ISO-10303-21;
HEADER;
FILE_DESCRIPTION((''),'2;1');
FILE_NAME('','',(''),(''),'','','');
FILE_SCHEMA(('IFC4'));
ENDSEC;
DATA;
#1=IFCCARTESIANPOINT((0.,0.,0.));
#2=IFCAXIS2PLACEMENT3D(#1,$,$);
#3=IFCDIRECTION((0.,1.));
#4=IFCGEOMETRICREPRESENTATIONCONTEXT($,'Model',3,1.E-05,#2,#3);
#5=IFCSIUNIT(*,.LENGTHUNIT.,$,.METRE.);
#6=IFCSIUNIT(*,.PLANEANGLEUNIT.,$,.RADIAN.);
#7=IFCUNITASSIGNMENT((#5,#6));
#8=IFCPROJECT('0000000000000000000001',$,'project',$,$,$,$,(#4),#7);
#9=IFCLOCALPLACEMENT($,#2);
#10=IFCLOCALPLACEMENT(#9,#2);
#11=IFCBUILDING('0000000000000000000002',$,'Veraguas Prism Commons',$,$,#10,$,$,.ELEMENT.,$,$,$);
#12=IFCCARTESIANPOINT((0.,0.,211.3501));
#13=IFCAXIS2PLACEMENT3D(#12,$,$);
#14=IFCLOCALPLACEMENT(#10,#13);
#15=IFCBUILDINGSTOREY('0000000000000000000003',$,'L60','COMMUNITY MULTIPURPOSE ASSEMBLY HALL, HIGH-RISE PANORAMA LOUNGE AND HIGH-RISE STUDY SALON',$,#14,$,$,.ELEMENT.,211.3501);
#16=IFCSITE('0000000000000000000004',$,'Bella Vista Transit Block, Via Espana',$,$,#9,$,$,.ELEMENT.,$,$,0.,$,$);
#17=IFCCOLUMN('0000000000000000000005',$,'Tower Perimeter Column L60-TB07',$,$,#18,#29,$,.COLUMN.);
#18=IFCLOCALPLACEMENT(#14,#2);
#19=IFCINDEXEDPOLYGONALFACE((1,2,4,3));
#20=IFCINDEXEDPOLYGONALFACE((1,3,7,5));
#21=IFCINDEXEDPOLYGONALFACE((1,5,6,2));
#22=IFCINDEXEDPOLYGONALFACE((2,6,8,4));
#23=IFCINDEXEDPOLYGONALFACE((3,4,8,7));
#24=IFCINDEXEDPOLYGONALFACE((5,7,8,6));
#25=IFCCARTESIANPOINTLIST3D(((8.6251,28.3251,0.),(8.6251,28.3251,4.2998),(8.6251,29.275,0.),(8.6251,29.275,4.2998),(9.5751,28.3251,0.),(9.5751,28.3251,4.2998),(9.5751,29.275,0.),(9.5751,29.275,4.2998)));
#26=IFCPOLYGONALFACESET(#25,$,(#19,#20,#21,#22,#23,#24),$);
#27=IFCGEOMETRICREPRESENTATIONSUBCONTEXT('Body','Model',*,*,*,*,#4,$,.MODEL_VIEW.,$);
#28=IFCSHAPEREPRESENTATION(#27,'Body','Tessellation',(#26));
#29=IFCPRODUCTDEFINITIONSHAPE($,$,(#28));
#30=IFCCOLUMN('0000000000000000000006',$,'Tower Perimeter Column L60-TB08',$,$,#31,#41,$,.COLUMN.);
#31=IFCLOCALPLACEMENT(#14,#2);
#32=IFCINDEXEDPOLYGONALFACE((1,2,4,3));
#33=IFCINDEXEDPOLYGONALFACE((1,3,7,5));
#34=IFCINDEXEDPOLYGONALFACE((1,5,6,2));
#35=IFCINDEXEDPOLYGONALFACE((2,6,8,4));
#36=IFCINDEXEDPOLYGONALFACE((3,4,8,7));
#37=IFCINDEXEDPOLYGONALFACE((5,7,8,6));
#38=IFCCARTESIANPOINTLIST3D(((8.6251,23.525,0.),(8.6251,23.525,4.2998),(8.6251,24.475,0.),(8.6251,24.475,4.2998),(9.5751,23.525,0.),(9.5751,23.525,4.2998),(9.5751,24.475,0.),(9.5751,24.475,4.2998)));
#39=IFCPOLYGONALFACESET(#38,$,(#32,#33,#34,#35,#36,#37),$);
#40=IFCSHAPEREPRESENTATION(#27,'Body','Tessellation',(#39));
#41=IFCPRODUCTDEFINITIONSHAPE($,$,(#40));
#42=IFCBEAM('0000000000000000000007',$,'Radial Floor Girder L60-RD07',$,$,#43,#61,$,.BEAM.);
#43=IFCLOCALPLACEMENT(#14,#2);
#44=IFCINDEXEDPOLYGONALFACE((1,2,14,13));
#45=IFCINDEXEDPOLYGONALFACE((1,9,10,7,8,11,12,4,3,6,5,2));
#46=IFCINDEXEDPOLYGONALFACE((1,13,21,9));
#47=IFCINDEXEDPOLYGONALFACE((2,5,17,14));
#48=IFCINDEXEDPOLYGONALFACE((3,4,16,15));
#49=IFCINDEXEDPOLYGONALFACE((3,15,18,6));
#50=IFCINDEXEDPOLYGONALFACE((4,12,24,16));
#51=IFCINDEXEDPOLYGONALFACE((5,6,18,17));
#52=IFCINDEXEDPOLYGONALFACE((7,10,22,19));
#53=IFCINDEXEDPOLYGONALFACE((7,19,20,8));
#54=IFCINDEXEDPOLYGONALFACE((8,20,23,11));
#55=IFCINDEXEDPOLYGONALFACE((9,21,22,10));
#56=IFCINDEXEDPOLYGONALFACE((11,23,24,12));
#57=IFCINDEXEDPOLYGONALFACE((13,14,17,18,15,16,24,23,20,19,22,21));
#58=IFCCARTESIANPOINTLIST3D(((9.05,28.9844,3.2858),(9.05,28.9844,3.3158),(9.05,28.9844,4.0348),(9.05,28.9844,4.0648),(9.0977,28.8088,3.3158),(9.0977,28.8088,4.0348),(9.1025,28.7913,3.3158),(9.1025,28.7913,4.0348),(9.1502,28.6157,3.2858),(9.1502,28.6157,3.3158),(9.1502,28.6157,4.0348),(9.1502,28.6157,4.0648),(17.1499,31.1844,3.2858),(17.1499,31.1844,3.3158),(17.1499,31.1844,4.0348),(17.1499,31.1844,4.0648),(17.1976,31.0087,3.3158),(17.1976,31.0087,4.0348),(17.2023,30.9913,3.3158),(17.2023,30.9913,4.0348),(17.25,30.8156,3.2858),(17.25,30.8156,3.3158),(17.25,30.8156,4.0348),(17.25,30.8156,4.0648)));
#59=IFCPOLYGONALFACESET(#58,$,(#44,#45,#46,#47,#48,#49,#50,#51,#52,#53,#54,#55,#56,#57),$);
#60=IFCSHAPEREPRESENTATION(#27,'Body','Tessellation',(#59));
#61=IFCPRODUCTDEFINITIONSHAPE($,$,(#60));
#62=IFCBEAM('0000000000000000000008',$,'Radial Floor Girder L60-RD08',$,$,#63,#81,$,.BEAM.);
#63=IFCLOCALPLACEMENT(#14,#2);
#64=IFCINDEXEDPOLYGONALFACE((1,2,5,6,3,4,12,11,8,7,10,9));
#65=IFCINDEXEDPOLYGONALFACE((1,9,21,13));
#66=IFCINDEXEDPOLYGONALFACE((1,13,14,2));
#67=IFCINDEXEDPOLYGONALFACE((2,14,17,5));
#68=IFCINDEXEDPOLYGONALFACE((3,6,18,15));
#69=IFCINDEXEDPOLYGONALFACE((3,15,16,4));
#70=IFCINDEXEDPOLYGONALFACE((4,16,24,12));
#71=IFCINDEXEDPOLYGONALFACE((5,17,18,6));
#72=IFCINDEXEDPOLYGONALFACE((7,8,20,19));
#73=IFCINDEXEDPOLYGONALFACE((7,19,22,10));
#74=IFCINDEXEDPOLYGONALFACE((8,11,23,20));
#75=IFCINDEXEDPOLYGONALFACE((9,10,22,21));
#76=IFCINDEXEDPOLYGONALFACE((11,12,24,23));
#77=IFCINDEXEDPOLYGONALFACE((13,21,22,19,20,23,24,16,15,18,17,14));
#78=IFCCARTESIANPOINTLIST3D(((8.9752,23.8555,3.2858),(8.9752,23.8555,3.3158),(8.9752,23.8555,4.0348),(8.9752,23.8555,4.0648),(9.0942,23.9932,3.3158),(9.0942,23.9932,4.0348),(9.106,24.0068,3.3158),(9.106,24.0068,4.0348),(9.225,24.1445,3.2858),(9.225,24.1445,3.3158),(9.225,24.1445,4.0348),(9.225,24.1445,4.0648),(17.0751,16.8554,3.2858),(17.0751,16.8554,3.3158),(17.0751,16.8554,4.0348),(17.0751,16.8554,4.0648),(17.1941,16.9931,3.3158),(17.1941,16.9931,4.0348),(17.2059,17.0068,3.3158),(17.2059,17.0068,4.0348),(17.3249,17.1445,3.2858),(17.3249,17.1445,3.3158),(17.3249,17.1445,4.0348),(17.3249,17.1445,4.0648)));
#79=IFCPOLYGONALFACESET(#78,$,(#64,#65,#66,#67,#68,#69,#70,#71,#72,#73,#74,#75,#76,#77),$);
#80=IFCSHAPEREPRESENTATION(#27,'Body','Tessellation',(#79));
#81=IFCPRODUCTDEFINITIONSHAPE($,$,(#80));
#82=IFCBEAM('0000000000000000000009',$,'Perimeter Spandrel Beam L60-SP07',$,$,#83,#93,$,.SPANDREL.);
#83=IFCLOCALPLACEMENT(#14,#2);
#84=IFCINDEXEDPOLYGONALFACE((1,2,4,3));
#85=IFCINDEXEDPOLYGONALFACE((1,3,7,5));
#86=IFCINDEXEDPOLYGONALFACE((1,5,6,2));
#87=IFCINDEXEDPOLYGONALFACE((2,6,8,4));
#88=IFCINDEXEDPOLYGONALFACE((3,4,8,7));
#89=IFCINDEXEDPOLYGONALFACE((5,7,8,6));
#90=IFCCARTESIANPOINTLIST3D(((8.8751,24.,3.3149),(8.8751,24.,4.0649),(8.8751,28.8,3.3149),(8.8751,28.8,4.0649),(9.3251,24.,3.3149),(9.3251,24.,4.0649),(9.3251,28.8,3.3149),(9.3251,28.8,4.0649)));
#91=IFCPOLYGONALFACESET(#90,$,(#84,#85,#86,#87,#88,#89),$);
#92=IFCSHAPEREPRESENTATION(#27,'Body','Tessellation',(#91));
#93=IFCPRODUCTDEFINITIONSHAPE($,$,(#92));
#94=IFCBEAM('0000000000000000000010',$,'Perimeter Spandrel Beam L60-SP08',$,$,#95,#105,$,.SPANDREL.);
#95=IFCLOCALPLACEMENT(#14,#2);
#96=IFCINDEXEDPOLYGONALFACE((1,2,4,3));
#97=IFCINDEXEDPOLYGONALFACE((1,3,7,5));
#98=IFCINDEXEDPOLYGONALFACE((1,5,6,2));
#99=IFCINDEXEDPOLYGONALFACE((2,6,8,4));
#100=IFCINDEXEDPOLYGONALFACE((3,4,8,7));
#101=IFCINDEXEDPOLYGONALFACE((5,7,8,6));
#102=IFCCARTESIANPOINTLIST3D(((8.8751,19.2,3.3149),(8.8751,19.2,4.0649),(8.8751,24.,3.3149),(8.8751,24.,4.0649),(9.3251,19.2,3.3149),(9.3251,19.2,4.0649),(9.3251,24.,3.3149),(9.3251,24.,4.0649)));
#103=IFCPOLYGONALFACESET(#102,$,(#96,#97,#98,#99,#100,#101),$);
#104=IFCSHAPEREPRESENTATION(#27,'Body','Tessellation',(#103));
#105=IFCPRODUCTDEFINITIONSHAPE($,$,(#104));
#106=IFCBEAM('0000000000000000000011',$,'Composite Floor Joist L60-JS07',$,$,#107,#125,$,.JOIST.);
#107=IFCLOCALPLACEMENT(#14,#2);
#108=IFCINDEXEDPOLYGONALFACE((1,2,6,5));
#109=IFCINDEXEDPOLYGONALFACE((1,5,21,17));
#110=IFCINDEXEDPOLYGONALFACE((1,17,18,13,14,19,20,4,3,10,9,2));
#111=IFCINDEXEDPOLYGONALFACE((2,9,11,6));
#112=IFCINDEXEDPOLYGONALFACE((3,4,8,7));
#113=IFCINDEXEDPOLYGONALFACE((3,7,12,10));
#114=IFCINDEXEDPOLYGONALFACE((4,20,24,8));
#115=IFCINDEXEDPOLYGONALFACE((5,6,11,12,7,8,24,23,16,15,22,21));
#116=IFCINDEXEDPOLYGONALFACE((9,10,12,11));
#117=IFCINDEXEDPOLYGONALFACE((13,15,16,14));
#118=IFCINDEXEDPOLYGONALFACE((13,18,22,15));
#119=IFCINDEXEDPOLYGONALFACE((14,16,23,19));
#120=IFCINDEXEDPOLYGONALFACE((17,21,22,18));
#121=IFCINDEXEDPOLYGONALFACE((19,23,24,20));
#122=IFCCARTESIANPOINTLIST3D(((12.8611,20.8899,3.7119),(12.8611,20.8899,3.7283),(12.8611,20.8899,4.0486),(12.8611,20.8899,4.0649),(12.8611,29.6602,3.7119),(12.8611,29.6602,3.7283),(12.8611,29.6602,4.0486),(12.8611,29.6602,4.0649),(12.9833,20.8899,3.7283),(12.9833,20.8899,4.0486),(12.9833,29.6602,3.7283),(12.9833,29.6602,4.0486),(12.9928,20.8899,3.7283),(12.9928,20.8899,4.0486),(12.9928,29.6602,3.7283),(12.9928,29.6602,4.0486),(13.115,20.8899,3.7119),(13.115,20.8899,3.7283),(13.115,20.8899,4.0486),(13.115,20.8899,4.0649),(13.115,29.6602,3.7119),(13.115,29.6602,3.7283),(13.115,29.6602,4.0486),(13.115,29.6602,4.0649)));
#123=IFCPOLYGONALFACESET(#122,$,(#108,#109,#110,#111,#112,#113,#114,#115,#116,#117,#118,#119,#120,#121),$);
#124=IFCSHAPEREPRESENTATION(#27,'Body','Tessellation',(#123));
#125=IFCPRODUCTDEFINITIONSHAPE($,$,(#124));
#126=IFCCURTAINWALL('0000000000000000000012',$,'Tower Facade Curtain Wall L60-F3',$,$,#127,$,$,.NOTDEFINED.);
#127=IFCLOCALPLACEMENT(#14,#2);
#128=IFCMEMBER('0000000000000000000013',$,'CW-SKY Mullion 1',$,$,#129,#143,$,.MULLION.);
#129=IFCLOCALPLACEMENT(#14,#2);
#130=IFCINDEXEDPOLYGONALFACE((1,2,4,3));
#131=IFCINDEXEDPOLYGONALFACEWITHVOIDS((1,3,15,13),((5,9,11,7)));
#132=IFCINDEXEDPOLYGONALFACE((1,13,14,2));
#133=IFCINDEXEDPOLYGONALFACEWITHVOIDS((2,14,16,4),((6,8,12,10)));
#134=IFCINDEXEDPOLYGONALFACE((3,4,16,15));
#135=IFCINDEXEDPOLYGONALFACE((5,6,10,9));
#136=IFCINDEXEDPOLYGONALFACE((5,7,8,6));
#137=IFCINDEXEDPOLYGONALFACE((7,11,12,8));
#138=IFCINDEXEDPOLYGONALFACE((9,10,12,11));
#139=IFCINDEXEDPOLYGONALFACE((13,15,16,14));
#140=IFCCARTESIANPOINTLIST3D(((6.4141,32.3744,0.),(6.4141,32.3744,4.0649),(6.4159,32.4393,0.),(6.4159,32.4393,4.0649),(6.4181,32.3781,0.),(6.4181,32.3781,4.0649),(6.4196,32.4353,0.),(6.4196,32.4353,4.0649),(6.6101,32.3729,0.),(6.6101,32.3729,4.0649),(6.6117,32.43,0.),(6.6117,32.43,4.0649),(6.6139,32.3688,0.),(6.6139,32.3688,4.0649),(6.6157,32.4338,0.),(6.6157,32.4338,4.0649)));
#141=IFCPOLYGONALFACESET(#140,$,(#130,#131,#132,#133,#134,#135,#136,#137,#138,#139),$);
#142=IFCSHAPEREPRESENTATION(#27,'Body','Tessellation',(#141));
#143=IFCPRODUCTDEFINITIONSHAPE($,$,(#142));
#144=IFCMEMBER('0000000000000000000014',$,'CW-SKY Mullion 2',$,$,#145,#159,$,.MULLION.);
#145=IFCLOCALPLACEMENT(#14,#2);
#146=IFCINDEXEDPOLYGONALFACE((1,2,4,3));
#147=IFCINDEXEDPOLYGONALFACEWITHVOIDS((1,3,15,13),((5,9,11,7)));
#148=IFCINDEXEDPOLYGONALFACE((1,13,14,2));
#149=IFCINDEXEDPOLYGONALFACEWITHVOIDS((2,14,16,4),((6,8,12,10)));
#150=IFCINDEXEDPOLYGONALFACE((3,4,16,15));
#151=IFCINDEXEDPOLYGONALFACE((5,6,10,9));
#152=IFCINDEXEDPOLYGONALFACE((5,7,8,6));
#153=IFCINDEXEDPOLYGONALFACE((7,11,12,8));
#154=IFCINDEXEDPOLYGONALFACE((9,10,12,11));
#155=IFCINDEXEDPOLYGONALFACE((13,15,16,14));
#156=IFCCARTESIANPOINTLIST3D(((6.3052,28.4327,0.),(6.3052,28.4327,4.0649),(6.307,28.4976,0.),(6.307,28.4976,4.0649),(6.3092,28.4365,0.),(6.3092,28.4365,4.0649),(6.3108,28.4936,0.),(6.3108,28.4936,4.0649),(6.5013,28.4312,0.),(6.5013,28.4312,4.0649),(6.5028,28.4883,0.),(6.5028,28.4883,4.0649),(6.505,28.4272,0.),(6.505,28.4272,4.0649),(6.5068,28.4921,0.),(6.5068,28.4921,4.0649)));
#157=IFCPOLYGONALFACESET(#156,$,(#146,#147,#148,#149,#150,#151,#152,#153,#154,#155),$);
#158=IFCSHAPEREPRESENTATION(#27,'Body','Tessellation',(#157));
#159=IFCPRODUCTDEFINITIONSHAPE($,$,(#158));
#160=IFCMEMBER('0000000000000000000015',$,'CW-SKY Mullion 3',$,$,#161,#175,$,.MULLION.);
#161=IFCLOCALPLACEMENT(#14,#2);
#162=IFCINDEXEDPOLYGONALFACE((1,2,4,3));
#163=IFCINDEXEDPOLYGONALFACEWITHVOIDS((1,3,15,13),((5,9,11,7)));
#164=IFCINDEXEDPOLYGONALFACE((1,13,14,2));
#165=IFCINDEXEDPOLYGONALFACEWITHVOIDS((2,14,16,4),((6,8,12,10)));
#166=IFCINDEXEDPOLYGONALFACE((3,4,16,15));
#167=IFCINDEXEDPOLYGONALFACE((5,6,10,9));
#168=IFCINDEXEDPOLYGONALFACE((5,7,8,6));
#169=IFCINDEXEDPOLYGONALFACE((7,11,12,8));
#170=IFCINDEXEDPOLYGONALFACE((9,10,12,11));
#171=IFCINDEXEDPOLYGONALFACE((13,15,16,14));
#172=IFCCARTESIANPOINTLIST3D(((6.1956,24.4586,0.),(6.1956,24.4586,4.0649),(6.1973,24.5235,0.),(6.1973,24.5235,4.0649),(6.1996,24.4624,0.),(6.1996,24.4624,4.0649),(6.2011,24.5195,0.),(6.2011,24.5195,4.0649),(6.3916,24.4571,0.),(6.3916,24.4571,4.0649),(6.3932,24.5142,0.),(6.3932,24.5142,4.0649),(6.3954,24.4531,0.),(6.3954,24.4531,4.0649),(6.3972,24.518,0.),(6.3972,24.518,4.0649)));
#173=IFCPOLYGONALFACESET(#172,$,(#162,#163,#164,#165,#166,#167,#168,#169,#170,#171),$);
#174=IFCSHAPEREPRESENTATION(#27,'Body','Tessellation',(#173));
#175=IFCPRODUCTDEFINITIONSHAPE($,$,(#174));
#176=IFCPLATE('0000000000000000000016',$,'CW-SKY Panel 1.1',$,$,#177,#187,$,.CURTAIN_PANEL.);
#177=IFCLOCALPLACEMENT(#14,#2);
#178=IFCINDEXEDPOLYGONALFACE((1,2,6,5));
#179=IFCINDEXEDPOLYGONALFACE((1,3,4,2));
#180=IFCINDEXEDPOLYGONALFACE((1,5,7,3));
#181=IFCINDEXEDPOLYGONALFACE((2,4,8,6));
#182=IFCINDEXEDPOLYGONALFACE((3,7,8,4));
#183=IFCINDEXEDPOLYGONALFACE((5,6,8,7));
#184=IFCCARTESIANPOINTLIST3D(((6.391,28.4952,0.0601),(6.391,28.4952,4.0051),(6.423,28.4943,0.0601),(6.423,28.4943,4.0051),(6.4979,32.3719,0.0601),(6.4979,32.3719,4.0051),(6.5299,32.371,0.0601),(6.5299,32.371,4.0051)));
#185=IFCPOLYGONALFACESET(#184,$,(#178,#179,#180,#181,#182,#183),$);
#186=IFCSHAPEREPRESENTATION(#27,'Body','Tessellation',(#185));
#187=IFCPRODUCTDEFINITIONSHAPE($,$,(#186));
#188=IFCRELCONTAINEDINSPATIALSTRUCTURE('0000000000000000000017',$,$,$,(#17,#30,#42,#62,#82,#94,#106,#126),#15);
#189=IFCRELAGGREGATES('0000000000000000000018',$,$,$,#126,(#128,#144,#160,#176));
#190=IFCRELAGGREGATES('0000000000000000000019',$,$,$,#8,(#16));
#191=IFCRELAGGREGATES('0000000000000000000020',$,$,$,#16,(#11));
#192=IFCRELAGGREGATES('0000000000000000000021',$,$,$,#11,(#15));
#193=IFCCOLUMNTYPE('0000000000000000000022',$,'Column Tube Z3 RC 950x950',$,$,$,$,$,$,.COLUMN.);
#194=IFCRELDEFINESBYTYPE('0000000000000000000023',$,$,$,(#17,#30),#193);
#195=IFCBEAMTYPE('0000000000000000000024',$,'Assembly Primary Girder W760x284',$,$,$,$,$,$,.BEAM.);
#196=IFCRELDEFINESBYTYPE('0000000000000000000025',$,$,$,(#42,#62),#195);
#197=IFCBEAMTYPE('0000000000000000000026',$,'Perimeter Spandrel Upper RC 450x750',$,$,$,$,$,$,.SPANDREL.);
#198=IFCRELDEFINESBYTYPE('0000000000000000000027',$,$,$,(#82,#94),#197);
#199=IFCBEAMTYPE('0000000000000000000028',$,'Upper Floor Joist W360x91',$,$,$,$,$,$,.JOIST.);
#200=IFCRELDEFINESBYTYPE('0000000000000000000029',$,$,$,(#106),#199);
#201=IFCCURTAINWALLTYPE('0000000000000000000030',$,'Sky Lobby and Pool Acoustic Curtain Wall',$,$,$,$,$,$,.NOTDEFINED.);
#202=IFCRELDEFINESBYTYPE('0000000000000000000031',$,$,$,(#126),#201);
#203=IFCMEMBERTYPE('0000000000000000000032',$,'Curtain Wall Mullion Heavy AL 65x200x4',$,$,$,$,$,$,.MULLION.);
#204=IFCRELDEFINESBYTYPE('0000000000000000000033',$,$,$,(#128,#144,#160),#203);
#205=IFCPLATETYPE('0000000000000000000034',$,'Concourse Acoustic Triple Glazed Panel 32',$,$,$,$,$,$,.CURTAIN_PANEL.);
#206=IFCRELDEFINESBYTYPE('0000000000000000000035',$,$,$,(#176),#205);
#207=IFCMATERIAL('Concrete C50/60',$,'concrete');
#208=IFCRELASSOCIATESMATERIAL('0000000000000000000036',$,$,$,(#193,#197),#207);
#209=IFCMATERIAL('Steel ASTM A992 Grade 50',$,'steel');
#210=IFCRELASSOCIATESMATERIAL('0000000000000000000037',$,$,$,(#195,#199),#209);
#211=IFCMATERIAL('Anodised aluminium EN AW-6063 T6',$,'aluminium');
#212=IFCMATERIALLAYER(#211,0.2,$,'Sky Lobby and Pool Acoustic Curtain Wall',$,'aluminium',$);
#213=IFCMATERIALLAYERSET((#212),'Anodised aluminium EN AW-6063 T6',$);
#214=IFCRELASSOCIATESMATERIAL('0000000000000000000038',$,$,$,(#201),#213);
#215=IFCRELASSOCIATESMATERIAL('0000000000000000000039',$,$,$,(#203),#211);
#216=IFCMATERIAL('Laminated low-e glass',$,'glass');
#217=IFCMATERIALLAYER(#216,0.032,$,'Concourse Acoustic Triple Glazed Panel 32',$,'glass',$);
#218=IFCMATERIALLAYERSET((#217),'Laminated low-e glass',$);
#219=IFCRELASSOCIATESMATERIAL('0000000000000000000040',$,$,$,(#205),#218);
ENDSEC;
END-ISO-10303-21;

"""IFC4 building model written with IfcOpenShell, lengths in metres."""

from ifc_helpers import new_model, si_unit, direction, frame, origin, origin_2d, place, context, subcontext, project, spatial, rectangle, hollow_rectangle, i_section, extrude, source, transform, mapped, material, layer, layer_set, material_profile, profile_set, type_object, element, aggregate, save


model = new_model("IFC4")

# Units and contexts
model_context = context("Model", 3, precision=1e-05, world=origin(), true_north=direction((0.0, 1.0)))
body_context = subcontext(model_context, "Body", "Model", "MODEL_VIEW")
ifc_project = project(units=[si_unit("LENGTHUNIT", "METRE"), si_unit("PLANEANGLEUNIT", "RADIAN")], contexts=[model_context])

# Site, building, storey
site_placement = place(None, origin())
site = spatial("IfcSite", under=ifc_project, at=site_placement, Name="Bella Vista Transit Block, Via Espana", CompositionType="ELEMENT", RefElevation=0.0)
building_placement = place(site_placement, origin())
building = spatial("IfcBuilding", under=site, at=building_placement, Name="Veraguas Prism Commons", CompositionType="ELEMENT")
storey_placement = place(building_placement, frame((0.0, 0.0, 211.3501)))
storey = spatial("IfcBuildingStorey", under=building, at=storey_placement, Name="L60", Description="COMMUNITY MULTIPURPOSE ASSEMBLY HALL, HIGH-RISE PANORAMA LOUNGE AND HIGH-RISE STUDY SALON", CompositionType="ELEMENT", Elevation=211.3501)

# Columns
ifc_material_1 = material(Name="Concrete C50/60", Category="concrete")
ifc_material_profile_1 = material_profile(ifc_material_1, rectangle(XDim=0.95, YDim=0.95, at=origin_2d()), Name="RC950X950")
ifc_profile_set_1 = profile_set([ifc_material_profile_1], Name="Concrete C50/60")
column_type = type_object("IfcColumnType", Name="Column Tube Z3 RC 950x950", PredefinedType="COLUMN", material=ifc_profile_set_1)
for number, where, z_axis, x_axis, name in (
    (1, (9.1001, 28.8, 0.0), (0.0, 0.0, 1.0), (1.0, 0.0, 0.0), "Tower Perimeter Column L60-TB07"),
    (2, (9.1001, 24.0, 0.0), (0.0, 0.0, 1.0), (1.0, 0.0, 0.0), "Tower Perimeter Column L60-TB08"),
):
    element("IfcColumn", number, at=place(storey_placement, frame(where, z_axis=z_axis, x_axis=x_axis)), inside=storey, type_object=column_type, Name=name, PredefinedType="COLUMN", context=body_context, shape_type="SweptSolid", body=[
        extrude(rectangle(XDim=0.95, YDim=0.95, at=origin_2d()), origin(), (0.0, 0.0, 1.0), 4.2998),
    ])

# Beams
ifc_material_2 = material(Name="Steel ASTM A992 Grade 50", Category="steel")
ifc_material_profile_2 = material_profile(ifc_material_2, i_section(OverallWidth=0.3821, OverallDepth=0.7791, WebThickness=0.0181, FlangeThickness=0.03, at=origin_2d()), Name="W760X284")
ifc_profile_set_2 = profile_set([ifc_material_profile_2], Name="Steel ASTM A992 Grade 50")
beam_type_1 = type_object("IfcBeamType", Name="Assembly Primary Girder W760x284", PredefinedType="BEAM", material=ifc_profile_set_2)
beam_1_placement = place(storey_placement, frame((9.1001, 28.8, 3.6753), z_axis=(0.965039, 0.262108, 0.0), x_axis=(-0.262108, 0.965039, 0.0)))
element("IfcBeam", 3, at=beam_1_placement, inside=storey, type_object=beam_type_1, Name="Radial Floor Girder L60-RD07", PredefinedType="BEAM", context=body_context, shape_type="SweptSolid", body=[
    extrude(i_section(OverallWidth=0.3821, OverallDepth=0.7791, WebThickness=0.0181, FlangeThickness=0.03, at=origin_2d()), origin(), (0.0, 0.0, 1.0), 8.3933),
])
beam_2_placement = place(storey_placement, frame((9.1001, 24.0, 3.6753), z_axis=(0.756607, -0.65387, 0.0), x_axis=(0.65387, 0.756607, 0.0)))
element("IfcBeam", 4, at=beam_2_placement, inside=storey, type_object=beam_type_1, Name="Radial Floor Girder L60-RD08", PredefinedType="BEAM", context=body_context, shape_type="SweptSolid", body=[
    extrude(i_section(OverallWidth=0.3821, OverallDepth=0.7791, WebThickness=0.0181, FlangeThickness=0.03, at=origin_2d()), origin(), (0.0, 0.0, 1.0), 10.7056),
])
ifc_material_profile_3 = material_profile(ifc_material_1, rectangle(XDim=0.45, YDim=0.75, at=origin_2d()), Name="RC450X750")
ifc_profile_set_3 = profile_set([ifc_material_profile_3], Name="Concrete C50/60")
beam_type_2 = type_object("IfcBeamType", Name="Perimeter Spandrel Upper RC 450x750", PredefinedType="SPANDREL", material=ifc_profile_set_3)
for number, where, z_axis, x_axis, name in (
    (5, (9.1001, 28.8, 3.6899), (0.0, -1.0, 0.0), (1.0, 0.0, 0.0), "Perimeter Spandrel Beam L60-SP07"),
    (6, (9.1001, 24.0, 3.6899), (0.0, -1.0, 0.0), (1.0, 0.0, 0.0), "Perimeter Spandrel Beam L60-SP08"),
):
    element("IfcBeam", number, at=place(storey_placement, frame(where, z_axis=z_axis, x_axis=x_axis)), inside=storey, type_object=beam_type_2, Name=name, PredefinedType="SPANDREL", context=body_context, shape_type="SweptSolid", body=[
        extrude(rectangle(XDim=0.45, YDim=0.75, at=origin_2d()), origin(), (0.0, 0.0, 1.0), 4.8),
    ])
ifc_material_profile_4 = material_profile(ifc_material_2, i_section(OverallWidth=0.2539, OverallDepth=0.353, WebThickness=0.0095, FlangeThickness=0.0164, at=origin_2d()), Name="W360X91")
ifc_profile_set_4 = profile_set([ifc_material_profile_4], Name="Steel ASTM A992 Grade 50")
beam_type_3 = type_object("IfcBeamType", Name="Upper Floor Joist W360x91", PredefinedType="JOIST", material=ifc_profile_set_4)
beam_3_placement = place(storey_placement, frame((12.988, 29.6602, 3.8884), z_axis=(0.0, -1.0, 0.0), x_axis=(1.0, 0.0, 0.0)))
element("IfcBeam", 7, at=beam_3_placement, inside=storey, type_object=beam_type_3, Name="Composite Floor Joist L60-JS07", PredefinedType="JOIST", context=body_context, shape_type="SweptSolid", body=[
    extrude(i_section(OverallWidth=0.2539, OverallDepth=0.353, WebThickness=0.0095, FlangeThickness=0.0164, at=origin_2d()), origin(), (0.0, 0.0, 1.0), 8.7703),
])

# Curtain wall, members, plate
ifc_material_3 = material(Name="Anodised aluminium EN AW-6063 T6", Category="aluminium")
ifc_layer_1 = layer(ifc_material_3, 0.2, Name="Sky Lobby and Pool Acoustic Curtain Wall", Category="aluminium")
ifc_layer_set_1 = layer_set([ifc_layer_1], Name="Anodised aluminium EN AW-6063 T6")
curtain_wall_type = type_object("IfcCurtainWallType", Name="Sky Lobby and Pool Acoustic Curtain Wall", PredefinedType="NOTDEFINED", material=ifc_layer_set_1)
curtain_wall_placement = place(storey_placement, origin())
curtain_wall = element("IfcCurtainWall", 8, at=curtain_wall_placement, inside=storey, type_object=curtain_wall_type, Name="Tower Facade Curtain Wall L60-F3", PredefinedType="NOTDEFINED")
ifc_material_profile_5 = material_profile(ifc_material_3, hollow_rectangle(XDim=0.0649, YDim=0.2, WallThickness=0.0039, at=origin_2d()), Name="AL65X200X4")
ifc_profile_set_5 = profile_set([ifc_material_profile_5], Name="Anodised aluminium EN AW-6063 T6")
member_type = type_object("IfcMemberType", Name="Curtain Wall Mullion Heavy AL 65x200x4", PredefinedType="MULLION", material=ifc_profile_set_5)
shared_shape_1 = source(origin(), body_context, "Body", "SweptSolid", [
    extrude(hollow_rectangle(XDim=0.0649, YDim=0.2, WallThickness=0.0039, at=origin_2d()), origin(), (0.0, 0.0, 1.0), 4.0649),
])
member_1_placement = place(storey_placement, frame((6.5149, 32.4041, 0.0), z_axis=(0.0, 0.0, 1.0), x_axis=(-0.027567, -0.99962, 0.0)))
member_1 = element("IfcMember", 9, at=member_1_placement, type_object=member_type, Name="CW-SKY Mullion 1", PredefinedType="MULLION", context=body_context, shape_type="MappedRepresentation", body=[
    mapped(shared_shape_1, transform((0.0, 0.0, 0.0), scale=1.0)),
])
member_2_placement = place(storey_placement, frame((6.406, 28.4624, 0.0), z_axis=(0.0, 0.0, 1.0), x_axis=(-0.027567, -0.99962, 0.0)))
member_2 = element("IfcMember", 10, at=member_2_placement, type_object=member_type, Name="CW-SKY Mullion 2", PredefinedType="MULLION", context=body_context, shape_type="MappedRepresentation", body=[
    mapped(shared_shape_1, transform((0.0, 0.0, 0.0), scale=1.0)),
])
member_3_placement = place(storey_placement, frame((6.2964, 24.4883, 0.0), z_axis=(0.0, 0.0, 1.0), x_axis=(-0.027567, -0.99962, 0.0)))
member_3 = element("IfcMember", 11, at=member_3_placement, type_object=member_type, Name="CW-SKY Mullion 3", PredefinedType="MULLION", context=body_context, shape_type="MappedRepresentation", body=[
    mapped(shared_shape_1, transform((0.0, 0.0, 0.0), scale=1.0)),
])
ifc_material_4 = material(Name="Laminated low-e glass", Category="glass")
ifc_layer_2 = layer(ifc_material_4, 0.032, Name="Concourse Acoustic Triple Glazed Panel 32", Category="glass")
ifc_layer_set_2 = layer_set([ifc_layer_2], Name="Laminated low-e glass")
plate_type = type_object("IfcPlateType", Name="Concourse Acoustic Triple Glazed Panel 32", PredefinedType="CURTAIN_PANEL", material=ifc_layer_set_2)
shared_shape_2 = source(origin(), body_context, "Body", "SweptSolid", [
    extrude(rectangle(XDim=3.8782, YDim=0.032, at=origin_2d()), origin(), (0.0, 0.0, 1.0), 3.9451),
])
plate_1_placement = place(storey_placement, frame((6.4604, 30.4331, 0.0601), z_axis=(0.0, 0.0, 1.0), x_axis=(-0.027567, -0.99962, 0.0)))
plate_1 = element("IfcPlate", 12, at=plate_1_placement, type_object=plate_type, Name="CW-SKY Panel 1.1", PredefinedType="CURTAIN_PANEL", context=body_context, shape_type="MappedRepresentation", body=[
    mapped(shared_shape_2, transform((0.0, 0.0, 0.0), scale=1.0)),
])
aggregate(curtain_wall, [member_1, member_2, member_3, plate_1])

save(model, "model.ifc")
